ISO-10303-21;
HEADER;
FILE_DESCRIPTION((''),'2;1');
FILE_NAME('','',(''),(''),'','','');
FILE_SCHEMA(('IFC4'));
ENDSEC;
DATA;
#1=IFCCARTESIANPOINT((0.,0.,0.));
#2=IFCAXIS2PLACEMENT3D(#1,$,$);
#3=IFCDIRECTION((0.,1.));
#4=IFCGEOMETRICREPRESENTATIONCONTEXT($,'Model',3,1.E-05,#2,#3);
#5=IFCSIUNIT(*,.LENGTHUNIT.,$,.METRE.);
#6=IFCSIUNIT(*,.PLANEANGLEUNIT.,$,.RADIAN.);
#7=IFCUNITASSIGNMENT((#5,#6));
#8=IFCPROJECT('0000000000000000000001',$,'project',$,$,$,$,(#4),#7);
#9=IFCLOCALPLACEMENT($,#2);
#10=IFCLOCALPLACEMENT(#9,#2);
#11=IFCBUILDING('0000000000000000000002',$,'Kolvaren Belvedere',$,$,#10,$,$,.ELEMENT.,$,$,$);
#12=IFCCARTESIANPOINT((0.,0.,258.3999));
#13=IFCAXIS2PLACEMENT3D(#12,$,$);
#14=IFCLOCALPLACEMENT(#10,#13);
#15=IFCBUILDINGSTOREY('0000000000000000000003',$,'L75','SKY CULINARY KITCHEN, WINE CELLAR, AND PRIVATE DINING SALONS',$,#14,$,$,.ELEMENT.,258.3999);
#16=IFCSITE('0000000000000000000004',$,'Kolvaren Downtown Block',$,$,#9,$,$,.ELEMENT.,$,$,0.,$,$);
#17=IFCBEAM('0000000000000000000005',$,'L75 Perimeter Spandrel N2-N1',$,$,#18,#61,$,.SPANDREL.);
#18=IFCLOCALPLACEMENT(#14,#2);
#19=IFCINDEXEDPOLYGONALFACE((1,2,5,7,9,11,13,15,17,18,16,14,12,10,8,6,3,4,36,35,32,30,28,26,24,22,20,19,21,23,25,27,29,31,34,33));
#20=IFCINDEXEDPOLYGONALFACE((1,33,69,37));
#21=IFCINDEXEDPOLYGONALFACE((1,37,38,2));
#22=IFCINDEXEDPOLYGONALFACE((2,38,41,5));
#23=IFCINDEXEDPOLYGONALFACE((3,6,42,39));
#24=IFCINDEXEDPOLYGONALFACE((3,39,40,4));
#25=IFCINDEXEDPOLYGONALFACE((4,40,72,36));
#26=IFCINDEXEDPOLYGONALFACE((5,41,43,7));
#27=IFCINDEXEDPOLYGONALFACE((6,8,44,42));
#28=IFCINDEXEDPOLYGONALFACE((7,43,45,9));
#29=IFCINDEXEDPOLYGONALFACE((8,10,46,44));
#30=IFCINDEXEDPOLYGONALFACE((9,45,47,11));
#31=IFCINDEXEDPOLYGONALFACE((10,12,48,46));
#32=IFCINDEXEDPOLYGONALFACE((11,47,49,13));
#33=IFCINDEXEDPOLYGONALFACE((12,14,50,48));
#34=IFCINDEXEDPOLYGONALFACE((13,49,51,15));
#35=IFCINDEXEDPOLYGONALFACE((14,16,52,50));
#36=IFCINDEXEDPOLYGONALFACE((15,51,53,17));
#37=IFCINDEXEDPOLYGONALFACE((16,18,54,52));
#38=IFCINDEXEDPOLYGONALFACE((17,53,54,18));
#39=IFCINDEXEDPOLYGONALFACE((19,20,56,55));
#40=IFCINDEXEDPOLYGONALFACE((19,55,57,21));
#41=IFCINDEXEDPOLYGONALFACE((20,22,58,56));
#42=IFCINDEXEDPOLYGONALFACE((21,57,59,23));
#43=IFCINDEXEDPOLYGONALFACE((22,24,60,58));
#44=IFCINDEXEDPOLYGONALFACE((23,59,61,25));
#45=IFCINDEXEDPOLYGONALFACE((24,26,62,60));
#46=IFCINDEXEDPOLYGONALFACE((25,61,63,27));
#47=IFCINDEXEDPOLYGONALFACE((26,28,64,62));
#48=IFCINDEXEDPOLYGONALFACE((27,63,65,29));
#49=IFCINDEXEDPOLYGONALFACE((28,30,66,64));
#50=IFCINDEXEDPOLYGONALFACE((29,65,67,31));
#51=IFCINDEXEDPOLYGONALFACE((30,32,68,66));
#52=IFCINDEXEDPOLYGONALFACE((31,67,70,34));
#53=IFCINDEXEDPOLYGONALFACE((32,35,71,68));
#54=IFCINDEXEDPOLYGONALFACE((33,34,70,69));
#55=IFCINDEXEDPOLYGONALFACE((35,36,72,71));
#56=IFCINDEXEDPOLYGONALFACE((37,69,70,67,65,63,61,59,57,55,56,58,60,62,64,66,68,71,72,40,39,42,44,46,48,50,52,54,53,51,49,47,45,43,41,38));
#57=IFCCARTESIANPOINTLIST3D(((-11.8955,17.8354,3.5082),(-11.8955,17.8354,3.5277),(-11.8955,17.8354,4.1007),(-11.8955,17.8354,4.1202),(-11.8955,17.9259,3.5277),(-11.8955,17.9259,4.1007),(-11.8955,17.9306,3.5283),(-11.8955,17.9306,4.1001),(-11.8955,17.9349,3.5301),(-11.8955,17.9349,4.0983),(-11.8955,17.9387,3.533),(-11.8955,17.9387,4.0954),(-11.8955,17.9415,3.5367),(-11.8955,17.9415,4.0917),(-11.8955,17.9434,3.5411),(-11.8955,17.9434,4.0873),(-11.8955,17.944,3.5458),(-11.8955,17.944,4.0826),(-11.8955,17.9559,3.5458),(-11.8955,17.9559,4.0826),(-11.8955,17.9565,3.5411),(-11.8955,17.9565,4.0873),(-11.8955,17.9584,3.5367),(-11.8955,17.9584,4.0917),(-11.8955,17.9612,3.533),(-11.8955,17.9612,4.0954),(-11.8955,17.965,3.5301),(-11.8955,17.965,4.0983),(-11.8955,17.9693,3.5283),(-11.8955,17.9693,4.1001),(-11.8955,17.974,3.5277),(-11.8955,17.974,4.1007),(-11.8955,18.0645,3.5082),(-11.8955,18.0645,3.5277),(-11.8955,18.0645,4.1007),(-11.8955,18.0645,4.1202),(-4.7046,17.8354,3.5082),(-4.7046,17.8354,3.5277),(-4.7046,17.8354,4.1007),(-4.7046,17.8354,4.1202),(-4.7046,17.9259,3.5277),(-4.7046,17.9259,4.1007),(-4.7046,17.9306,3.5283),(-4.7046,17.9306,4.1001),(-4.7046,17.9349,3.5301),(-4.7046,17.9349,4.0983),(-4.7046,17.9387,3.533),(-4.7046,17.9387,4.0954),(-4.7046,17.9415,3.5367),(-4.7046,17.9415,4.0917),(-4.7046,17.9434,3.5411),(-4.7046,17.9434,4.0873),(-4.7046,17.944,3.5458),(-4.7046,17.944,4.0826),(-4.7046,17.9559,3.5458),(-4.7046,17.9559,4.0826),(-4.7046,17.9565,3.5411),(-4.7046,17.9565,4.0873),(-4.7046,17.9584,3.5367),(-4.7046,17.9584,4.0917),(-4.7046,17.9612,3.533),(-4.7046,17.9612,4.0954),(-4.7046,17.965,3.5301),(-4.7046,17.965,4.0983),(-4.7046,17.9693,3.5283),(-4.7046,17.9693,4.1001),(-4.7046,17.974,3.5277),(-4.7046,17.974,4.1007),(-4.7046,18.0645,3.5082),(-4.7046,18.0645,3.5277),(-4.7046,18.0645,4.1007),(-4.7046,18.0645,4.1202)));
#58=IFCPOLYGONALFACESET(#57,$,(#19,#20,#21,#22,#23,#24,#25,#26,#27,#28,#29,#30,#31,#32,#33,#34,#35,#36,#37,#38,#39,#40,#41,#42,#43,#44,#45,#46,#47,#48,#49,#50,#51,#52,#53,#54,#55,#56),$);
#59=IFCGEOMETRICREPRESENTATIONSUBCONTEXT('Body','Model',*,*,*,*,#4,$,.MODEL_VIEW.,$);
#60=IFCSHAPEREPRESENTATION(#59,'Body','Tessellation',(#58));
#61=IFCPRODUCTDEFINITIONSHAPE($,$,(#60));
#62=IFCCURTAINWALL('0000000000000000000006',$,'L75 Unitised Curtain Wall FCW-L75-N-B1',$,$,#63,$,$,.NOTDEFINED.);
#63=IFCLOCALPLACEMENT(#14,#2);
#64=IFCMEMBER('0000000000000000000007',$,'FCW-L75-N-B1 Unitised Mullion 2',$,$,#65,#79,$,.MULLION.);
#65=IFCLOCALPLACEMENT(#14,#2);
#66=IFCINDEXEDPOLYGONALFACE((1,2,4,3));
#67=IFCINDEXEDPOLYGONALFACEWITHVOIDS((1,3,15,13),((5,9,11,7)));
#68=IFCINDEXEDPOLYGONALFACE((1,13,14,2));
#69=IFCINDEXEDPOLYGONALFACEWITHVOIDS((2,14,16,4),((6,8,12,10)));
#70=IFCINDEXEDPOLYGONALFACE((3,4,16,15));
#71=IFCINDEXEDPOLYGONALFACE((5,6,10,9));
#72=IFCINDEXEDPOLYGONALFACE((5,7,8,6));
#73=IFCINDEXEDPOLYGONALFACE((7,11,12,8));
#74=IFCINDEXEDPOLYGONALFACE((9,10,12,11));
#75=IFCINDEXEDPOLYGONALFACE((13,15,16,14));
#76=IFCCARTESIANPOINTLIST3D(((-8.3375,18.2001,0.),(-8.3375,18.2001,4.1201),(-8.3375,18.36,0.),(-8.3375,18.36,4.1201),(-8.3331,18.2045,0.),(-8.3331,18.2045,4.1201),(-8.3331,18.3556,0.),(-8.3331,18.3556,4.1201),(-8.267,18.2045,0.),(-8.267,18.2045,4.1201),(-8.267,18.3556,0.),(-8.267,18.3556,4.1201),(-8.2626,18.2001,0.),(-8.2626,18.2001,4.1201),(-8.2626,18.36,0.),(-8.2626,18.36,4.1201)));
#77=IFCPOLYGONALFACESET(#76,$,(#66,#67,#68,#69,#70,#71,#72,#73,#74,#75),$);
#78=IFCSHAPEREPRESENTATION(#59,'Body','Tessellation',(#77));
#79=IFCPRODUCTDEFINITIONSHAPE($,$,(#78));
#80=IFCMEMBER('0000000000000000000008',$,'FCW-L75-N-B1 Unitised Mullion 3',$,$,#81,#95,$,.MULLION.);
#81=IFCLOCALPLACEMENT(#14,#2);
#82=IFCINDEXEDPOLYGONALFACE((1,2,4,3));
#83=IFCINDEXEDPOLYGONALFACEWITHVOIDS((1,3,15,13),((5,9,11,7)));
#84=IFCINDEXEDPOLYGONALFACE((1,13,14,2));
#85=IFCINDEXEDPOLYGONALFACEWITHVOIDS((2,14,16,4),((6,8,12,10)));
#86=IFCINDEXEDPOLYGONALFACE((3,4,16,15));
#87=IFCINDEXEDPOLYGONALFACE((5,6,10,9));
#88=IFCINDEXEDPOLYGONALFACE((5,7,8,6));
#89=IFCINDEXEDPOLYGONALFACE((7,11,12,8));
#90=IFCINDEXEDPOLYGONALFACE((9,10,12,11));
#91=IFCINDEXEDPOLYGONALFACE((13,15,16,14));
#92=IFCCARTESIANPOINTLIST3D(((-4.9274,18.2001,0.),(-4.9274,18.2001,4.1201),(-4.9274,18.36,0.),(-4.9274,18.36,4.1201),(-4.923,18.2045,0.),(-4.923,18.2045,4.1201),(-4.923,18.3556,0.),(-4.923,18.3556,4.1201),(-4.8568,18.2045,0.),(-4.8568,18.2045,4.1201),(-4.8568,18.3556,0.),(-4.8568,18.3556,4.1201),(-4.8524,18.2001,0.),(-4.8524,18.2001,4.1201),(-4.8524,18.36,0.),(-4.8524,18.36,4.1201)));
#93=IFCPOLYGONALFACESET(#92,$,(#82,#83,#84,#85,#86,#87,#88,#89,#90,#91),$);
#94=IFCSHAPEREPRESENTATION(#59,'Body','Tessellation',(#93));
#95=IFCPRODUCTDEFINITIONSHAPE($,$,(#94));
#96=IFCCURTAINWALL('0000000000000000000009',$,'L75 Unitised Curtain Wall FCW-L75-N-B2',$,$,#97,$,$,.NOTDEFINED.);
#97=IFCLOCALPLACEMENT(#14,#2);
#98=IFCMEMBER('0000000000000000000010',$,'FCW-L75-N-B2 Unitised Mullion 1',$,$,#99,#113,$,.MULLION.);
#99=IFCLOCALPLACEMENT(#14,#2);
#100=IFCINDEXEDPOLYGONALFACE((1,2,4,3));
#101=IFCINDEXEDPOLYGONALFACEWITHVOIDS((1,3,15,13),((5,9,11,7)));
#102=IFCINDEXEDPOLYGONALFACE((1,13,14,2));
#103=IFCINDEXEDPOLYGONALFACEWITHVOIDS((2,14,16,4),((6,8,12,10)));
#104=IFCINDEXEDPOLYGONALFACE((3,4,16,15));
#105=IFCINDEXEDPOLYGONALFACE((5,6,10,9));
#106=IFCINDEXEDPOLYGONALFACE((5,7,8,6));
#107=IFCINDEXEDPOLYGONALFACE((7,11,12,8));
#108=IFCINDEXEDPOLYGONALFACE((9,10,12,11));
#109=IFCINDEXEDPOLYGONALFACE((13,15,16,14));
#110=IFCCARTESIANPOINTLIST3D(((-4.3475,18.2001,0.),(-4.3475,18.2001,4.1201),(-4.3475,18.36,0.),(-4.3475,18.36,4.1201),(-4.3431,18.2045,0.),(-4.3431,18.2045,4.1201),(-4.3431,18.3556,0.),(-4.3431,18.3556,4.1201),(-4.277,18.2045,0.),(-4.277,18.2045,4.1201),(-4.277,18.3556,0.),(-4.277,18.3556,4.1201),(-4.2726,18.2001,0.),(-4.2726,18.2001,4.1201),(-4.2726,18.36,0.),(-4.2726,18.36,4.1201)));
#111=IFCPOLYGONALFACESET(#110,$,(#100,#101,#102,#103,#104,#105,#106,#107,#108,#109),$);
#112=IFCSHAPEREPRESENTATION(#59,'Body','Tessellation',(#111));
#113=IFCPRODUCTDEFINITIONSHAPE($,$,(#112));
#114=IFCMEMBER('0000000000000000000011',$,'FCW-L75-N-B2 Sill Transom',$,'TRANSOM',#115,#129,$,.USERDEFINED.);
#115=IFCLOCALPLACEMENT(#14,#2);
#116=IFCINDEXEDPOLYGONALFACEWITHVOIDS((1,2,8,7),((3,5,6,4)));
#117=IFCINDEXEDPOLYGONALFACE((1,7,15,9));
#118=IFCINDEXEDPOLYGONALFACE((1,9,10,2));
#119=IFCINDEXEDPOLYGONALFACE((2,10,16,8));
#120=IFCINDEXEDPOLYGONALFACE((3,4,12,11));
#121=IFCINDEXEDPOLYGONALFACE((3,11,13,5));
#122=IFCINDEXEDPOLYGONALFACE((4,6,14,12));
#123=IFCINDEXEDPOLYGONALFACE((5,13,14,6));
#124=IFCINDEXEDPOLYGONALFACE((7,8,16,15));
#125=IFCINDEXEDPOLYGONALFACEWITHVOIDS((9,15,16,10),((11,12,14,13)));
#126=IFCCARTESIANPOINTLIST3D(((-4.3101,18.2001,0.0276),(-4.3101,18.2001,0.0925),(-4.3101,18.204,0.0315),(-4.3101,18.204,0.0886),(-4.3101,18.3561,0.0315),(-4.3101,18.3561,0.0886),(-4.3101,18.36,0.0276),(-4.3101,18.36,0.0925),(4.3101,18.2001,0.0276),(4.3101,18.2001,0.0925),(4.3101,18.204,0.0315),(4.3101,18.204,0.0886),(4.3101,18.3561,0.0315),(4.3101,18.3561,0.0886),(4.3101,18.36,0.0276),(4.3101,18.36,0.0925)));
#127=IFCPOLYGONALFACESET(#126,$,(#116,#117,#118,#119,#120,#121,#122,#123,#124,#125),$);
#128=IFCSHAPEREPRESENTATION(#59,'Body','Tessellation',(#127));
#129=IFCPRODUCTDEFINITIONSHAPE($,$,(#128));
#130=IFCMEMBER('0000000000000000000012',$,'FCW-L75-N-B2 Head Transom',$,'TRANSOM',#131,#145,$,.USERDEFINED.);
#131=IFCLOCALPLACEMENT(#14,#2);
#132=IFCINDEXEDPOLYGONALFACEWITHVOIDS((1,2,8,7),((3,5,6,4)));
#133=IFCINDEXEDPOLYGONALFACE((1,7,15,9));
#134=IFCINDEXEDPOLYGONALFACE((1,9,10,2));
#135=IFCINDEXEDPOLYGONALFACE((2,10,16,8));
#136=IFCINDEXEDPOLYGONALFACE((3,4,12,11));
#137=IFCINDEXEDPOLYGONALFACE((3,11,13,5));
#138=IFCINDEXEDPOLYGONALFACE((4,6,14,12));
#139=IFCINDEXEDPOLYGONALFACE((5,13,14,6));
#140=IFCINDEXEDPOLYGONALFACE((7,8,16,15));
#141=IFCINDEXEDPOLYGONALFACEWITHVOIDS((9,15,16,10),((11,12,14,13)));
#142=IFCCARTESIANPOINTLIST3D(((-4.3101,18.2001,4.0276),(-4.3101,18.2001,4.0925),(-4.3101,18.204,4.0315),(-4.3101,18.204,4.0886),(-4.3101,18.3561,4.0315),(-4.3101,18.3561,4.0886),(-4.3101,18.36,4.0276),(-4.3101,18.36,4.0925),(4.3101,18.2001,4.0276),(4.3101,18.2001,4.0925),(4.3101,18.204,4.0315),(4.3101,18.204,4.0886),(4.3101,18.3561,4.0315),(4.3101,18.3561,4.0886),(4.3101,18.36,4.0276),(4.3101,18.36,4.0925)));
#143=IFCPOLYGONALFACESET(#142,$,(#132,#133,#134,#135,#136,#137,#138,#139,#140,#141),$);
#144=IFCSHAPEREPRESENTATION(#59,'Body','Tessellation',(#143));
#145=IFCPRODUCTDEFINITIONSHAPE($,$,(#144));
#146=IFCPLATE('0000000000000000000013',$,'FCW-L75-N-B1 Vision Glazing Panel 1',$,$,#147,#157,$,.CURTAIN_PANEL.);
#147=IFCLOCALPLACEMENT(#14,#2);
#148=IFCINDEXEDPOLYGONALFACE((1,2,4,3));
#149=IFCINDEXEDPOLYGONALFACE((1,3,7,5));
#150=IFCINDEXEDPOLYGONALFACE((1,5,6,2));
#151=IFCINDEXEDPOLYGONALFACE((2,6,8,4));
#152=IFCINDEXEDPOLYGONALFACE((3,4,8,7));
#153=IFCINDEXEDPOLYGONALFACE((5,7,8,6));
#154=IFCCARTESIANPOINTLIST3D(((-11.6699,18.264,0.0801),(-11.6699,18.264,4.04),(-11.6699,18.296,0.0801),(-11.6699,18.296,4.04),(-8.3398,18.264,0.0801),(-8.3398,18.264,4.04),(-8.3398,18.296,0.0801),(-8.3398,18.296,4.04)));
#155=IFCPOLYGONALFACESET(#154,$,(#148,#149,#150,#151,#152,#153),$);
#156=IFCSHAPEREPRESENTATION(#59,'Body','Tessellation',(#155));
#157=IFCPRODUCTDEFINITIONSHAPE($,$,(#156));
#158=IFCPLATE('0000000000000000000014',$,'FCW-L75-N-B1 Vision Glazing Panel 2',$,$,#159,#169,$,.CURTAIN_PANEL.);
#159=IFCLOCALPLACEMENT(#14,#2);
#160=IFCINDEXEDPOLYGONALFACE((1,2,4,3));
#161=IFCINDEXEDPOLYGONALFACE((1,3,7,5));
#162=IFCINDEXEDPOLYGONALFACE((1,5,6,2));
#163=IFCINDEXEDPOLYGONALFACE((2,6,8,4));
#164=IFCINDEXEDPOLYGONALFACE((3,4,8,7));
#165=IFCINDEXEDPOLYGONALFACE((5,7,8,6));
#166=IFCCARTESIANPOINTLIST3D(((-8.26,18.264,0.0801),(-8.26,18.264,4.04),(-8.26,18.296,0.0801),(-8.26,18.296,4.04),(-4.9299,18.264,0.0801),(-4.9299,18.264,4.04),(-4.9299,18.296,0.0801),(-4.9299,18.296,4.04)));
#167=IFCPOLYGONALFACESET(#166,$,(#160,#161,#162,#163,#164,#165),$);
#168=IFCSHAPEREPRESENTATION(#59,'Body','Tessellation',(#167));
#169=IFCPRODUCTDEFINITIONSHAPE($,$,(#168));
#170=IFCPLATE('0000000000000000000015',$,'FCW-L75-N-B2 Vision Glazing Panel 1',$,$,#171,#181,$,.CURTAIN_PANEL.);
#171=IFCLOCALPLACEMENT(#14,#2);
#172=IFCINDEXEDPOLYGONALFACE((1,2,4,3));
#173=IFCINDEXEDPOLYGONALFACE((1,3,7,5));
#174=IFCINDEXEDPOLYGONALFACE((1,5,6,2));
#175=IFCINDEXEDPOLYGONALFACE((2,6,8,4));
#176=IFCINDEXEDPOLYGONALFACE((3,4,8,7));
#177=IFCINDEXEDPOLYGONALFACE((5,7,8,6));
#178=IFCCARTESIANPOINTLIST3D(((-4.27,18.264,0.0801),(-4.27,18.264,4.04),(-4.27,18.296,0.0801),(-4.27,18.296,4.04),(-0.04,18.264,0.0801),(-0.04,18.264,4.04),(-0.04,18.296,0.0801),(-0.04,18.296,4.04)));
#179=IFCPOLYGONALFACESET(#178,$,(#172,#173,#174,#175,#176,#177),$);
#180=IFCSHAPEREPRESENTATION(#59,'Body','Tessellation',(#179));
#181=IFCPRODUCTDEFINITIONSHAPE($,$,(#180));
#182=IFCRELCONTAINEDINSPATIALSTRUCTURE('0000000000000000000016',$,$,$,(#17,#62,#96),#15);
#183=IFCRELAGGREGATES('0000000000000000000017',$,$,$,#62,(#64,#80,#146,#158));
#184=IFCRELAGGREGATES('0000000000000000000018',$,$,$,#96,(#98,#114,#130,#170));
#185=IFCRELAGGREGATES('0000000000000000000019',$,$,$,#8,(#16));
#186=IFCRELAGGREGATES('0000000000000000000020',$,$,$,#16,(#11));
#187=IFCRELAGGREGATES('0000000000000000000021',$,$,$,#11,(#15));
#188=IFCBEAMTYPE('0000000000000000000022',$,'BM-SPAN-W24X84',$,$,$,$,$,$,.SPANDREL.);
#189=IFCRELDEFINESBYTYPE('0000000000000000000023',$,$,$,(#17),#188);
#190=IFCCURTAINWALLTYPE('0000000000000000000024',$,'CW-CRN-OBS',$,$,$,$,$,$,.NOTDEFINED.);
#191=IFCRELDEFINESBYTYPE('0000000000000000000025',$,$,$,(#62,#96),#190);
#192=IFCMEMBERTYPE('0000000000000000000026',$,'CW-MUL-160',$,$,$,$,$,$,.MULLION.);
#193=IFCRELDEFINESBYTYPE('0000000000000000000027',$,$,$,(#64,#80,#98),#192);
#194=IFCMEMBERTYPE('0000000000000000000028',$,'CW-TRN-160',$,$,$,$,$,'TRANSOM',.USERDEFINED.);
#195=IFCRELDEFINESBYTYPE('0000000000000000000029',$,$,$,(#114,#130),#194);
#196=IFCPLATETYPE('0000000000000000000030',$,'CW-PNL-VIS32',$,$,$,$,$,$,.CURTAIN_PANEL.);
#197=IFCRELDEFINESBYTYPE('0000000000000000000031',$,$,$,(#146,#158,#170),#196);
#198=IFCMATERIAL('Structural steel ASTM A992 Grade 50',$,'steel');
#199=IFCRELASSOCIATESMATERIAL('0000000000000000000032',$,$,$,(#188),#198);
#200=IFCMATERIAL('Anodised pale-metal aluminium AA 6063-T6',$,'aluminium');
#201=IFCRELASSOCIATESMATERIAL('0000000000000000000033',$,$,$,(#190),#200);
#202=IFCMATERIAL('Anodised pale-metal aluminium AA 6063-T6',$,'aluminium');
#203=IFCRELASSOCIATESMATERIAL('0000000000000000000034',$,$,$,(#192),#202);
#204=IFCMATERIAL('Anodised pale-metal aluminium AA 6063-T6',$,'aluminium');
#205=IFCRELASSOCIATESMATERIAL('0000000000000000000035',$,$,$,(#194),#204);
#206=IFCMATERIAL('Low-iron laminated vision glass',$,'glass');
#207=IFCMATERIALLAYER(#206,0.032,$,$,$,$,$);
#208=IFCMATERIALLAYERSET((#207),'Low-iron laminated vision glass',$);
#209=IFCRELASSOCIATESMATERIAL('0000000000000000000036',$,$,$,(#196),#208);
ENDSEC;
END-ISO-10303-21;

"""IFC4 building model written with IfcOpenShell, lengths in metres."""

from ifc_helpers import new_model, si_unit, direction, frame, origin, origin_2d, place, context, subcontext, project, spatial, rectangle, hollow_rectangle, i_section, extrude, material, layer, layer_set, material_profile, profile_set, type_object, element, aggregate, save


model = new_model("IFC4")

# Units and contexts
model_context = context("Model", 3, precision=1e-05, world=origin(), true_north=direction((0.0, 1.0)))
body_context = subcontext(model_context, "Body", "Model", "MODEL_VIEW")
ifc_project = project(units=[si_unit("LENGTHUNIT", "METRE"), si_unit("PLANEANGLEUNIT", "RADIAN")], contexts=[model_context])

# Site, building, storey
site_placement = place(None, origin())
site = spatial("IfcSite", under=ifc_project, at=site_placement, Name="Kolvaren Downtown Block", CompositionType="ELEMENT", RefElevation=0.0)
building_placement = place(site_placement, origin())
building = spatial("IfcBuilding", under=site, at=building_placement, Name="Kolvaren Belvedere", CompositionType="ELEMENT")
storey_placement = place(building_placement, frame((0.0, 0.0, 258.3999)))
storey = spatial("IfcBuildingStorey", under=building, at=storey_placement, Name="L75", Description="SKY CULINARY KITCHEN, WINE CELLAR, AND PRIVATE DINING SALONS", CompositionType="ELEMENT", Elevation=258.3999)

# Beam
ifc_material_1 = material(Name="Structural steel ASTM A992 Grade 50", Category="steel")
ifc_material_profile_1 = material_profile(ifc_material_1, i_section(OverallWidth=0.229, OverallDepth=0.6121, WebThickness=0.012, FlangeThickness=0.0195, FilletRadius=0.0181, at=origin_2d()), Name="W24X84")
ifc_profile_set_1 = profile_set([ifc_material_profile_1], Name="Structural steel ASTM A992 Grade 50")
beam_type_1 = type_object("IfcBeamType", Name="BM-SPAN-W24X84", PredefinedType="SPANDREL", material=ifc_profile_set_1)
beam_1_placement = place(storey_placement, frame((-4.7046, 17.95, 3.8142), z_axis=(-1.0, 0.0, 0.0), x_axis=(0.0, -1.0, 0.0)))
element("IfcBeam", 1, at=beam_1_placement, inside=storey, type_object=beam_type_1, Name="L75 Perimeter Spandrel N2-N1", PredefinedType="SPANDREL", context=body_context, shape_type="SweptSolid", body=[
    extrude(i_section(OverallWidth=0.229, OverallDepth=0.6121, WebThickness=0.012, FlangeThickness=0.0195, FilletRadius=0.0181, at=origin_2d()), origin(), (0.0, 0.0, 1.0), 7.1909),
])

# Curtain walls, members
ifc_material_2 = material(Name="Anodised pale-metal aluminium AA 6063-T6", Category="aluminium")
curtain_wall_type = type_object("IfcCurtainWallType", Name="CW-CRN-OBS", PredefinedType="NOTDEFINED", material=ifc_material_2)
curtain_wall_1_placement = place(storey_placement, origin())
curtain_wall_1 = element("IfcCurtainWall", 2, at=curtain_wall_1_placement, inside=storey, type_object=curtain_wall_type, Name="L75 Unitised Curtain Wall FCW-L75-N-B1", PredefinedType="NOTDEFINED")
ifc_material_3 = material(Name="Anodised pale-metal aluminium AA 6063-T6", Category="aluminium")
ifc_material_profile_2 = material_profile(ifc_material_3, hollow_rectangle(XDim=0.075, YDim=0.1599, WallThickness=0.0044, at=origin_2d()), Name="ALU-MUL-160X75")
ifc_profile_set_2 = profile_set([ifc_material_profile_2], Name="Anodised pale-metal aluminium AA 6063-T6")
member_type_1 = type_object("IfcMemberType", Name="CW-MUL-160", PredefinedType="MULLION", material=ifc_profile_set_2)
member_1_placement = place(storey_placement, frame((-8.3, 18.28, 0.0), z_axis=(0.0, 0.0, 1.0), x_axis=(1.0, 0.0, 0.0)))
member_1 = element("IfcMember", 3, at=member_1_placement, type_object=member_type_1, Name="FCW-L75-N-B1 Unitised Mullion 2", PredefinedType="MULLION", context=body_context, shape_type="SweptSolid", body=[
    extrude(hollow_rectangle(XDim=0.075, YDim=0.1599, WallThickness=0.0044, at=origin_2d()), origin(), (0.0, 0.0, 1.0), 4.1201),
])
member_2_placement = place(storey_placement, frame((-4.8899, 18.28, 0.0), z_axis=(0.0, 0.0, 1.0), x_axis=(1.0, 0.0, 0.0)))
member_2 = element("IfcMember", 4, at=member_2_placement, type_object=member_type_1, Name="FCW-L75-N-B1 Unitised Mullion 3", PredefinedType="MULLION", context=body_context, shape_type="SweptSolid", body=[
    extrude(hollow_rectangle(XDim=0.075, YDim=0.1599, WallThickness=0.0044, at=origin_2d()), origin(), (0.0, 0.0, 1.0), 4.1201),
])
curtain_wall_2_placement = place(storey_placement, origin())
curtain_wall_2 = element("IfcCurtainWall", 5, at=curtain_wall_2_placement, inside=storey, type_object=curtain_wall_type, Name="L75 Unitised Curtain Wall FCW-L75-N-B2", PredefinedType="NOTDEFINED")
member_3_placement = place(storey_placement, frame((-4.3101, 18.28, 0.0), z_axis=(0.0, 0.0, 1.0), x_axis=(1.0, 0.0, 0.0)))
member_3 = element("IfcMember", 6, at=member_3_placement, type_object=member_type_1, Name="FCW-L75-N-B2 Unitised Mullion 1", PredefinedType="MULLION", context=body_context, shape_type="SweptSolid", body=[
    extrude(hollow_rectangle(XDim=0.075, YDim=0.1599, WallThickness=0.0044, at=origin_2d()), origin(), (0.0, 0.0, 1.0), 4.1201),
])
ifc_material_4 = material(Name="Anodised pale-metal aluminium AA 6063-T6", Category="aluminium")
ifc_material_profile_3 = material_profile(ifc_material_4, hollow_rectangle(XDim=0.0649, YDim=0.1599, WallThickness=0.0039, at=origin_2d()), Name="ALU-TRN-160X65")
ifc_profile_set_3 = profile_set([ifc_material_profile_3], Name="Anodised pale-metal aluminium AA 6063-T6")
member_type_2 = type_object("IfcMemberType", Name="CW-TRN-160", ElementType="TRANSOM", PredefinedType="USERDEFINED", material=ifc_profile_set_3)
member_4_placement = place(storey_placement, frame((-4.3101, 18.28, 0.0601), z_axis=(1.0, 0.0, 0.0), x_axis=(0.0, 0.0, 1.0)))
member_4 = element("IfcMember", 7, at=member_4_placement, type_object=member_type_2, Name="FCW-L75-N-B2 Sill Transom", ObjectType="TRANSOM", PredefinedType="USERDEFINED", context=body_context, shape_type="SweptSolid", body=[
    extrude(hollow_rectangle(XDim=0.0649, YDim=0.1599, WallThickness=0.0039, at=origin_2d()), origin(), (0.0, 0.0, 1.0), 8.6201),
])
member_5_placement = place(storey_placement, frame((-4.3101, 18.28, 4.0601), z_axis=(1.0, 0.0, 0.0), x_axis=(0.0, 0.0, 1.0)))
member_5 = element("IfcMember", 8, at=member_5_placement, type_object=member_type_2, Name="FCW-L75-N-B2 Head Transom", ObjectType="TRANSOM", PredefinedType="USERDEFINED", context=body_context, shape_type="SweptSolid", body=[
    extrude(hollow_rectangle(XDim=0.0649, YDim=0.1599, WallThickness=0.0039, at=origin_2d()), origin(), (0.0, 0.0, 1.0), 8.6201),
])

# Plates
ifc_material_5 = material(Name="Low-iron laminated vision glass", Category="glass")
ifc_layer_1 = layer(ifc_material_5, 0.032)
ifc_layer_set_1 = layer_set([ifc_layer_1], Name="Low-iron laminated vision glass")
plate_type_1 = type_object("IfcPlateType", Name="CW-PNL-VIS32", PredefinedType="CURTAIN_PANEL", material=ifc_layer_set_1)
plate_1_placement = place(storey_placement, frame((-10.0049, 18.28, 0.0801), z_axis=(0.0, 0.0, 1.0), x_axis=(1.0, 0.0, 0.0)))
plate_1 = element("IfcPlate", 9, at=plate_1_placement, type_object=plate_type_1, Name="FCW-L75-N-B1 Vision Glazing Panel 1", PredefinedType="CURTAIN_PANEL", context=body_context, shape_type="SweptSolid", body=[
    extrude(rectangle(XDim=3.3301, YDim=0.032, at=origin_2d()), origin(), (0.0, 0.0, 1.0), 3.96),
])
plate_2_placement = place(storey_placement, frame((-6.595, 18.28, 0.0801), z_axis=(0.0, 0.0, 1.0), x_axis=(1.0, 0.0, 0.0)))
plate_2 = element("IfcPlate", 10, at=plate_2_placement, type_object=plate_type_1, Name="FCW-L75-N-B1 Vision Glazing Panel 2", PredefinedType="CURTAIN_PANEL", context=body_context, shape_type="SweptSolid", body=[
    extrude(rectangle(XDim=3.3301, YDim=0.032, at=origin_2d()), origin(), (0.0, 0.0, 1.0), 3.96),
])
aggregate(curtain_wall_1, [member_1, member_2, plate_1, plate_2])
plate_3_placement = place(storey_placement, frame((-2.155, 18.28, 0.0801), z_axis=(0.0, 0.0, 1.0), x_axis=(1.0, 0.0, 0.0)))
plate_3 = element("IfcPlate", 11, at=plate_3_placement, type_object=plate_type_1, Name="FCW-L75-N-B2 Vision Glazing Panel 1", PredefinedType="CURTAIN_PANEL", context=body_context, shape_type="SweptSolid", body=[
    extrude(rectangle(XDim=4.23, YDim=0.032, at=origin_2d()), origin(), (0.0, 0.0, 1.0), 3.96),
])
aggregate(curtain_wall_2, [member_3, member_4, member_5, plate_3])

save(model, "model.ifc")
